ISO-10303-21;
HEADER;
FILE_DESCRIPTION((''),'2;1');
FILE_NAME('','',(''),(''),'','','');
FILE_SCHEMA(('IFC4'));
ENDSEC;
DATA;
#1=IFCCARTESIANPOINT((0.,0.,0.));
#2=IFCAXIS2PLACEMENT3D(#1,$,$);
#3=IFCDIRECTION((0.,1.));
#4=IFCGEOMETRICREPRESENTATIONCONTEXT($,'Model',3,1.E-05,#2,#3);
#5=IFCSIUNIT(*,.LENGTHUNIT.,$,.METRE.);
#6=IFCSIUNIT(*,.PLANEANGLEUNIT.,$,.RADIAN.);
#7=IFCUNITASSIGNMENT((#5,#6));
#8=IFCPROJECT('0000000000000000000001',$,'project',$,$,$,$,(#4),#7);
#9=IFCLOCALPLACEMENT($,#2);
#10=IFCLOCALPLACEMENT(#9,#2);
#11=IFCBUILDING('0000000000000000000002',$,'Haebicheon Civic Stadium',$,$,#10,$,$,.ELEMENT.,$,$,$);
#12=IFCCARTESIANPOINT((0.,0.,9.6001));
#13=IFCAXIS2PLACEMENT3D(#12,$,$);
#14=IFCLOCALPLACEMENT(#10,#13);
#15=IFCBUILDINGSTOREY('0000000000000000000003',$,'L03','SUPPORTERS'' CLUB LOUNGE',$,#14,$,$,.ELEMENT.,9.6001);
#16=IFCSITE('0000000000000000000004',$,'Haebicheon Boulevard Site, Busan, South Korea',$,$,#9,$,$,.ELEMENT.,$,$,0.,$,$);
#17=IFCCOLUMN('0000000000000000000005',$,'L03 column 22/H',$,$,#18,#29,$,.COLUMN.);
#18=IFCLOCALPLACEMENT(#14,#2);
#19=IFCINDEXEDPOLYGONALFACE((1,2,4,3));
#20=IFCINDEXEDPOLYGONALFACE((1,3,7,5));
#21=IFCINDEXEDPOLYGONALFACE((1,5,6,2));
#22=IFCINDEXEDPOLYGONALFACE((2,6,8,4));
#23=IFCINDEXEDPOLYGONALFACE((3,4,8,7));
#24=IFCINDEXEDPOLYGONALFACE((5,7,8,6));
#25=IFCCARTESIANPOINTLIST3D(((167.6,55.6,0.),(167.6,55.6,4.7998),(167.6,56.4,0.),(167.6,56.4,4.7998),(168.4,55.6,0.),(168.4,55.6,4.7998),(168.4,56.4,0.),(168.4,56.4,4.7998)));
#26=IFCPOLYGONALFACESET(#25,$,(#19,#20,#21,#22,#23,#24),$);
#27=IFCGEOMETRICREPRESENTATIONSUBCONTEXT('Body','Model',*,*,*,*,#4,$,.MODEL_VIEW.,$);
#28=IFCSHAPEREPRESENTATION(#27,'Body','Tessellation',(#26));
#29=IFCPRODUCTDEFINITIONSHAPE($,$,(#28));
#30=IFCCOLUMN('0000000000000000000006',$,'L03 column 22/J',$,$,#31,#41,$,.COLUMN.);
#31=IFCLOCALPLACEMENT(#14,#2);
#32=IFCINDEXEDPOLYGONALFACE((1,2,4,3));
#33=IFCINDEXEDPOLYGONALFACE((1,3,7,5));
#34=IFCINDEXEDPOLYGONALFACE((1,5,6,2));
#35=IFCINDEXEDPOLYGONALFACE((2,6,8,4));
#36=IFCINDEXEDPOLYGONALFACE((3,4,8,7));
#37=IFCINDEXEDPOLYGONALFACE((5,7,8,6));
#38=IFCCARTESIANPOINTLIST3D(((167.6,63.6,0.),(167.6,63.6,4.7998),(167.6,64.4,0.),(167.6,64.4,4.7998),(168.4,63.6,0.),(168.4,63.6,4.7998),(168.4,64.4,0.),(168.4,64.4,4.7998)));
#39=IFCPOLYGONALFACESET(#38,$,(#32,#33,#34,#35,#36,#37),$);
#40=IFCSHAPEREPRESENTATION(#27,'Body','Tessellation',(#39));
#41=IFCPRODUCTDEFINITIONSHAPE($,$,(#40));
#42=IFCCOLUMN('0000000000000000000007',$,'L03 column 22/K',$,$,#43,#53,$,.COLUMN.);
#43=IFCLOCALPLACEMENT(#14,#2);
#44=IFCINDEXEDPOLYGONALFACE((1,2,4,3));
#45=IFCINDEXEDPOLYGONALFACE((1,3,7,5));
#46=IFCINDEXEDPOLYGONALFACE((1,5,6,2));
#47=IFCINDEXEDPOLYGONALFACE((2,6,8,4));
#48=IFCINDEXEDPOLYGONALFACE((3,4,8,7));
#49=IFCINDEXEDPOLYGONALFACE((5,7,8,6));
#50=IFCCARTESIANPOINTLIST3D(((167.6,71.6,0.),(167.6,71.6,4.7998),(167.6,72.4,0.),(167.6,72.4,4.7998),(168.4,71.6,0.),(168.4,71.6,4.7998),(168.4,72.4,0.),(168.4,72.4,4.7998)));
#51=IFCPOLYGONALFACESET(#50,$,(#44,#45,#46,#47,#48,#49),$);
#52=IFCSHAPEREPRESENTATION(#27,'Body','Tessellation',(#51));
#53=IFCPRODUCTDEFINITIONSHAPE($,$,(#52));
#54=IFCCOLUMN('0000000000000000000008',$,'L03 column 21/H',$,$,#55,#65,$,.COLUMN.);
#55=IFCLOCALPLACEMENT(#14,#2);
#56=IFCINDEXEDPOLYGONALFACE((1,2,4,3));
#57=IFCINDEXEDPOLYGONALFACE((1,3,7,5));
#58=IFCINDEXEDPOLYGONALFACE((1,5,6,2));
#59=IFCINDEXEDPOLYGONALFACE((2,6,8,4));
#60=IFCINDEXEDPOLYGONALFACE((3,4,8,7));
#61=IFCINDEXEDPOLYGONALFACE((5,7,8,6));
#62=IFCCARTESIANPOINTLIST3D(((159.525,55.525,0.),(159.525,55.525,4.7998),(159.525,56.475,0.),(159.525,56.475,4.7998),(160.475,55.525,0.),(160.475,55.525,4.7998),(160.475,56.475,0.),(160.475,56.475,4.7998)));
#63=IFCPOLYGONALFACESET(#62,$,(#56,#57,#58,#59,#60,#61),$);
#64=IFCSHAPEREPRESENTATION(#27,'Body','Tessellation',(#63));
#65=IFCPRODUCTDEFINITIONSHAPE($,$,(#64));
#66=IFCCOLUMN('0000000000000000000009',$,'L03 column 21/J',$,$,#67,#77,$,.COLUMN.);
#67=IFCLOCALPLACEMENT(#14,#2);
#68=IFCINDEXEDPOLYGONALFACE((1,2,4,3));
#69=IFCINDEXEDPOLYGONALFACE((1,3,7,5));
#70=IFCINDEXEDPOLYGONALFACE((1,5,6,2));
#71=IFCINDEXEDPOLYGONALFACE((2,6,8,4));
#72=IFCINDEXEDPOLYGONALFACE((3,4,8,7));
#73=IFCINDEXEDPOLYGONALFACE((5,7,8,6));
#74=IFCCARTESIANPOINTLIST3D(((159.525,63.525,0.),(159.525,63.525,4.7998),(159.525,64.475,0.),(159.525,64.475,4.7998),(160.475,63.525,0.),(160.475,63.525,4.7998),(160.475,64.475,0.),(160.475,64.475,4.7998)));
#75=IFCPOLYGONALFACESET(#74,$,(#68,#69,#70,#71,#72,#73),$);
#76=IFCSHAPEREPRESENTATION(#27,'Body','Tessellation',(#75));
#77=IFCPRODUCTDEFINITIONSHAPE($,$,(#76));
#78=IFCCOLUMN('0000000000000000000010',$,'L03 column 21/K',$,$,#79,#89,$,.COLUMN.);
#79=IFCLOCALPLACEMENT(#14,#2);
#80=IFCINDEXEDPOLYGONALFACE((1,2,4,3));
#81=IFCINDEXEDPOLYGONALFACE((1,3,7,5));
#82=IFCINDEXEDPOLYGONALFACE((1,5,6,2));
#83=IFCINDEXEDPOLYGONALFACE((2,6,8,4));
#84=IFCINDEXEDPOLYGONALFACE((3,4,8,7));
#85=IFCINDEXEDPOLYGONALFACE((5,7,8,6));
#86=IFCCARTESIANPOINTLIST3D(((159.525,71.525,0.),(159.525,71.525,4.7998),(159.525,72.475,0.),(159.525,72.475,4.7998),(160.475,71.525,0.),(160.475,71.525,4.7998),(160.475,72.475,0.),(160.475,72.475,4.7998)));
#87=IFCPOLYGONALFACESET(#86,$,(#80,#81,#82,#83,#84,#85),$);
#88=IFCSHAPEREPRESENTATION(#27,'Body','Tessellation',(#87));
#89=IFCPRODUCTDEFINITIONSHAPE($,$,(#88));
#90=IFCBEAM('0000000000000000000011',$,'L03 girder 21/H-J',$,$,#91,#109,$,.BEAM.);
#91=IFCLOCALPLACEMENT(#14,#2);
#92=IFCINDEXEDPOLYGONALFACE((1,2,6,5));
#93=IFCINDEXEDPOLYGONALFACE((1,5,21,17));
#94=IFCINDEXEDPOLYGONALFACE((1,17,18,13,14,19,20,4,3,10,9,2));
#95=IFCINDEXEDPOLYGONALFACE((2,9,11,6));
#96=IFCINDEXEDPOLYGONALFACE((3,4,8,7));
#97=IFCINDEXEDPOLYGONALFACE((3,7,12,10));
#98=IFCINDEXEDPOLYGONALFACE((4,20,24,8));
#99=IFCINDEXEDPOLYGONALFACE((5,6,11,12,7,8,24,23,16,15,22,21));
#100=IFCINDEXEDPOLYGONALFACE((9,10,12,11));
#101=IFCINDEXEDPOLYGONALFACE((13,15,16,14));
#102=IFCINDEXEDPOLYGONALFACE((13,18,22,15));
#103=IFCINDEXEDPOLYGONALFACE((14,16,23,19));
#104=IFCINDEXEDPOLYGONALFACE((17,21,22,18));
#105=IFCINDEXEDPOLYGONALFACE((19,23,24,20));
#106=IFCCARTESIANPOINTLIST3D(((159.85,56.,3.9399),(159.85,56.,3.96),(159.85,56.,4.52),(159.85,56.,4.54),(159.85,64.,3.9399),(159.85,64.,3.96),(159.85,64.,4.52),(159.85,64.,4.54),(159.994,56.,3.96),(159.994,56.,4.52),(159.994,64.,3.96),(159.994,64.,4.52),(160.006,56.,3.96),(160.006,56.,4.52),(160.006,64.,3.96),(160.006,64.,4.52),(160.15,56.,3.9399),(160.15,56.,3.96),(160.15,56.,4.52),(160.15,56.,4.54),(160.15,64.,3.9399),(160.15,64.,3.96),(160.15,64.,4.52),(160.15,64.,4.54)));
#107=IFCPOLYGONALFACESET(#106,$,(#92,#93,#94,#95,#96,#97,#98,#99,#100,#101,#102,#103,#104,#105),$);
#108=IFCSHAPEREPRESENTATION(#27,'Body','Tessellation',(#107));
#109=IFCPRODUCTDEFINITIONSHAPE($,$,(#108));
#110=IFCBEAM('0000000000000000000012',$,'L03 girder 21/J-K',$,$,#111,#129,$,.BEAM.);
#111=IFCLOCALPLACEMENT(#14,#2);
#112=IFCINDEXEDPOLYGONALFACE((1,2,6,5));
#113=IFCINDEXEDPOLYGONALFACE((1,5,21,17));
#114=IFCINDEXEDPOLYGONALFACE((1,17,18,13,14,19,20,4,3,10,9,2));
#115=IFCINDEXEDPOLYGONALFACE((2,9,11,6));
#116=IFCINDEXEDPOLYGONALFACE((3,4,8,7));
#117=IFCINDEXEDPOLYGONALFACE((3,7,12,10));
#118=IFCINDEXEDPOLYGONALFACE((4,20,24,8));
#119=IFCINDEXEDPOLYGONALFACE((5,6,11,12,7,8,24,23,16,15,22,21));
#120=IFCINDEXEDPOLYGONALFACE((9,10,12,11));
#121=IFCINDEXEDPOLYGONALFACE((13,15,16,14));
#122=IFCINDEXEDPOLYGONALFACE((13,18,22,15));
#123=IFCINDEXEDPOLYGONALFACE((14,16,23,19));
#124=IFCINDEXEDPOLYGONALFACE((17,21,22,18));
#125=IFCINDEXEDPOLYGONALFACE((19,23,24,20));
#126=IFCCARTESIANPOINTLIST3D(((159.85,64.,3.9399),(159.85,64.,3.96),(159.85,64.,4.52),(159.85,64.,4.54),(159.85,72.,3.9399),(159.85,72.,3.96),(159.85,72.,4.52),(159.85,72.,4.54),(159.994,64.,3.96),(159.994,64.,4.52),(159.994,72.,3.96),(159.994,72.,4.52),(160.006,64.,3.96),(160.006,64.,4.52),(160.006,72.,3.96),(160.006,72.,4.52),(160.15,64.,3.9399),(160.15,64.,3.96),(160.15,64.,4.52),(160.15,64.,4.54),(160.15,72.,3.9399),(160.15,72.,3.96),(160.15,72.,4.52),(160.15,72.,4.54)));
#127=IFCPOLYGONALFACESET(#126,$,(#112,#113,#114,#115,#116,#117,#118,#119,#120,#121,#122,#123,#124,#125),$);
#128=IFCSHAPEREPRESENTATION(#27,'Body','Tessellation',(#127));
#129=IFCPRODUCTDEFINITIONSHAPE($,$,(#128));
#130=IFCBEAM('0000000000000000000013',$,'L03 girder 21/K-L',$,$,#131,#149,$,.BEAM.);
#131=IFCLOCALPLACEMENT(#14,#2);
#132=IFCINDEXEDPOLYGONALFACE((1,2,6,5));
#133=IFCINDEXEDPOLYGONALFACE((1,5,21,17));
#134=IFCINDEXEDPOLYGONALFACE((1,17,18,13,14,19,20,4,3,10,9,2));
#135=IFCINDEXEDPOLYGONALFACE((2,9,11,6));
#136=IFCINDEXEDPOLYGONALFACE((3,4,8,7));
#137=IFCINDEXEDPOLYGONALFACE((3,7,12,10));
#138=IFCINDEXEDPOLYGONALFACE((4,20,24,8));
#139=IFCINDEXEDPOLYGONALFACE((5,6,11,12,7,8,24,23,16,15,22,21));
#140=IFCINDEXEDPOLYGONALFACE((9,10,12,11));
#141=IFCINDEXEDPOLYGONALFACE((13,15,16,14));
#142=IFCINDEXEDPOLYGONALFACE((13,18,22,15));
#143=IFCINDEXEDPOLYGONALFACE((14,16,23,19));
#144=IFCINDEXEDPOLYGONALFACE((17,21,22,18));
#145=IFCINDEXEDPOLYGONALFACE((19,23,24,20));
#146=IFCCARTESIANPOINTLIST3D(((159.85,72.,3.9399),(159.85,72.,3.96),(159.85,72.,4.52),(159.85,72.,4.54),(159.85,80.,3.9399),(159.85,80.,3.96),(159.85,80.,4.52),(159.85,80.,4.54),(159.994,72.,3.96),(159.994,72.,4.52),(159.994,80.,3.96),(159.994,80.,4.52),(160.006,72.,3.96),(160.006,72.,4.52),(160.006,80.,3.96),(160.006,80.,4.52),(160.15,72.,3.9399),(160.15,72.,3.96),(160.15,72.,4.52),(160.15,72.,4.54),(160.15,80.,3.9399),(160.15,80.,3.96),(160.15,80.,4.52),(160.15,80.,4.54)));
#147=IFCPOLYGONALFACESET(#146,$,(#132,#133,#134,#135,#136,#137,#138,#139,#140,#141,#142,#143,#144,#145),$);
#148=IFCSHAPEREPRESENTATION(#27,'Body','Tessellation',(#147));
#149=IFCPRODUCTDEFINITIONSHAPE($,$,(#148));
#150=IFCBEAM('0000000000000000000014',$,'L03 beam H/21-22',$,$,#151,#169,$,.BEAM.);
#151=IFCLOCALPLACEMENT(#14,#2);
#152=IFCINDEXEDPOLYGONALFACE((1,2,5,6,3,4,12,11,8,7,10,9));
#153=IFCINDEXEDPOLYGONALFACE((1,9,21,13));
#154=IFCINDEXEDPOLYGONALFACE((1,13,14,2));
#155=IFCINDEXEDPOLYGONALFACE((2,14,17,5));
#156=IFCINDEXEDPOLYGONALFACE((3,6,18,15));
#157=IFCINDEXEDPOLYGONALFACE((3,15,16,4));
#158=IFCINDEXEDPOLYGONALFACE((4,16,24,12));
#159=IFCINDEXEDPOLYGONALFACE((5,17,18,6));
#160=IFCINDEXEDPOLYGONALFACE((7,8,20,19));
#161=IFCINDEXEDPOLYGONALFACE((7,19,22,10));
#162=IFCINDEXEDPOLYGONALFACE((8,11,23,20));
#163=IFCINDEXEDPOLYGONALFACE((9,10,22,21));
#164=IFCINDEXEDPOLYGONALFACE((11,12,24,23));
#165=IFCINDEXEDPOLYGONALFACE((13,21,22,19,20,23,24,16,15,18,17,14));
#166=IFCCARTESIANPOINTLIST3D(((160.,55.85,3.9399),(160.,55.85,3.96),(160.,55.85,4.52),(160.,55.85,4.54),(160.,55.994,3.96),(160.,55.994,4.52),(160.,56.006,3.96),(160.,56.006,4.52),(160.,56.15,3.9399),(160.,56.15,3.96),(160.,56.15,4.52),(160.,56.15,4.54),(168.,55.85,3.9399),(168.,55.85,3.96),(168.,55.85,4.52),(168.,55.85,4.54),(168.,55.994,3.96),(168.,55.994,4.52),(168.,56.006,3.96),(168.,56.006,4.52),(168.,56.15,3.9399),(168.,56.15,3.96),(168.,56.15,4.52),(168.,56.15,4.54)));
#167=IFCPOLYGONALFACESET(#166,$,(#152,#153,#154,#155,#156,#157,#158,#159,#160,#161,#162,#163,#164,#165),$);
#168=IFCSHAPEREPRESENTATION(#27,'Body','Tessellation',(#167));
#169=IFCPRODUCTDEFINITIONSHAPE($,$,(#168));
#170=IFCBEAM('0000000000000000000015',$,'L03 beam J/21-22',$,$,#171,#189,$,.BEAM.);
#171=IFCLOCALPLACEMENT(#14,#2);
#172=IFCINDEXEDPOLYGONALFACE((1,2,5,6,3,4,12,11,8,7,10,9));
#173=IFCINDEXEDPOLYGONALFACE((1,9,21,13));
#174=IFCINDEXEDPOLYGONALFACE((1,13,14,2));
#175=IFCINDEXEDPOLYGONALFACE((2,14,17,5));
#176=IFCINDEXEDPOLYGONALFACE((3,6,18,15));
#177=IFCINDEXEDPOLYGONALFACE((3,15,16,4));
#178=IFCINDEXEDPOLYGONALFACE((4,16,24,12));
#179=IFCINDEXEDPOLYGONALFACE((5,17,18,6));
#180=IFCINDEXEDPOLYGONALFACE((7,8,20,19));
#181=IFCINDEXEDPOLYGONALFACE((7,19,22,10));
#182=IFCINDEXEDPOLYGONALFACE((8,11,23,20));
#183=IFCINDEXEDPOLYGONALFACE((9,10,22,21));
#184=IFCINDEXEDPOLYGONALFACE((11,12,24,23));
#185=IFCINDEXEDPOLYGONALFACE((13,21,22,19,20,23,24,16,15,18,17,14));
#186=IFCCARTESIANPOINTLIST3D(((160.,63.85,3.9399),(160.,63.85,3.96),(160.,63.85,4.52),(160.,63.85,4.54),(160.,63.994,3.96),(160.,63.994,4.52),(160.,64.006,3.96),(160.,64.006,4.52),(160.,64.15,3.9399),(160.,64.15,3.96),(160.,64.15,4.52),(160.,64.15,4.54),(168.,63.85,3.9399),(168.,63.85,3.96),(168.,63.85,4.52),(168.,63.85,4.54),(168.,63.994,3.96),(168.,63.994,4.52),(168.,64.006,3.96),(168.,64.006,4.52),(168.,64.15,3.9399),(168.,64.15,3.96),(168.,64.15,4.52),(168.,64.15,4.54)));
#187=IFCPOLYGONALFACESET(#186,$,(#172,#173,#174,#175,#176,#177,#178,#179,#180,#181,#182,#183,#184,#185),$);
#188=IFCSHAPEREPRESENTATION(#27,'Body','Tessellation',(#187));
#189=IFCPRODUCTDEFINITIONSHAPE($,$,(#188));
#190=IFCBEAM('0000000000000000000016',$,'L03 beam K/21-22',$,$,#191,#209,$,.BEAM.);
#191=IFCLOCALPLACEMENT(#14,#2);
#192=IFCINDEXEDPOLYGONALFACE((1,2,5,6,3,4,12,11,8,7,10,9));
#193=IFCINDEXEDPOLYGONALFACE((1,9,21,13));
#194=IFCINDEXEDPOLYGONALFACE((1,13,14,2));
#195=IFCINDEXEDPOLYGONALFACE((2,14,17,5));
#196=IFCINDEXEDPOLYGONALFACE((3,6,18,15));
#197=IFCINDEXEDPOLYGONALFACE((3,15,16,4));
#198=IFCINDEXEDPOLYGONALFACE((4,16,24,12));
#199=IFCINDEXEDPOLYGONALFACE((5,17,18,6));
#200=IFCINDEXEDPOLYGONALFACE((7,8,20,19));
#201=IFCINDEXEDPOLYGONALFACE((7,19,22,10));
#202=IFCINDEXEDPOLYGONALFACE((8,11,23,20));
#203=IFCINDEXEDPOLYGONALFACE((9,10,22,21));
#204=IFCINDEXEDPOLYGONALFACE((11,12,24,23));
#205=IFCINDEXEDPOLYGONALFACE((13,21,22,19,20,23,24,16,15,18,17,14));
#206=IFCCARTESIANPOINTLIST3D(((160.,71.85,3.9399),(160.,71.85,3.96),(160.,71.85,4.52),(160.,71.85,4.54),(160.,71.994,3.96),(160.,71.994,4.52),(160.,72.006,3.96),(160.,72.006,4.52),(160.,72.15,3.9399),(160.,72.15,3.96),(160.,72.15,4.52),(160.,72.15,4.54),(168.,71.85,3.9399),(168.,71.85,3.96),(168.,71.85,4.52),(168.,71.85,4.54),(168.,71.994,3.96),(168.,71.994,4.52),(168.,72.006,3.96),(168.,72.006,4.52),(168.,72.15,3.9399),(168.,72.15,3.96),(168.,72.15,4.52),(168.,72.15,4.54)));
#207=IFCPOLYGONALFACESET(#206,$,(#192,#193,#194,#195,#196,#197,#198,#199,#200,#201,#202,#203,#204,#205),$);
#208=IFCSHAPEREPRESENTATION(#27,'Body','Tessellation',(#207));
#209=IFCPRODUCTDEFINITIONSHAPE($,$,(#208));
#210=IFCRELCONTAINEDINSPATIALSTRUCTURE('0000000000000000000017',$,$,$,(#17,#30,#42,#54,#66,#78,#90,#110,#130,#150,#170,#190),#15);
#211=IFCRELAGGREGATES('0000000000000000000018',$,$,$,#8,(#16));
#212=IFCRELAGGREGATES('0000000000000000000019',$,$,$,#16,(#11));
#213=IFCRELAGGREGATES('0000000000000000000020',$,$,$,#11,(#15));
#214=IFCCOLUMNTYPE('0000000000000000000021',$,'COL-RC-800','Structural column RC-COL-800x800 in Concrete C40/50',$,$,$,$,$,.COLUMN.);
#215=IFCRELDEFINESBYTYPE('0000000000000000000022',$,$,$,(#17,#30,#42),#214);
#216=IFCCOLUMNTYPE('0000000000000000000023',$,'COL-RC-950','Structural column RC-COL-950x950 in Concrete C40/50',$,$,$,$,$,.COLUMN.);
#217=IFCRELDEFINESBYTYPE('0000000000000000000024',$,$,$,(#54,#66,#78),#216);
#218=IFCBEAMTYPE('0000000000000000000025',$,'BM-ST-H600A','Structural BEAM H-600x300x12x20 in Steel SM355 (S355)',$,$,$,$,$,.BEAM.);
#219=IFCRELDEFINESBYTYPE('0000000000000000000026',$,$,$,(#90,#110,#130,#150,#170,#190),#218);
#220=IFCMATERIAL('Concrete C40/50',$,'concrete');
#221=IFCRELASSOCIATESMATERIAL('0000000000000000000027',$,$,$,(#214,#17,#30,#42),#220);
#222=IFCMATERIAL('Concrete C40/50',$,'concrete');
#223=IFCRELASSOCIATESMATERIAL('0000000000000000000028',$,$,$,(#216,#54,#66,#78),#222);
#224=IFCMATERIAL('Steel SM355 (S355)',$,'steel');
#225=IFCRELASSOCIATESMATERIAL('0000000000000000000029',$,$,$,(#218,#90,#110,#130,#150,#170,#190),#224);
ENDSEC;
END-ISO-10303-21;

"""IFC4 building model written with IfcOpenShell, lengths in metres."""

from ifc_helpers import new_model, si_unit, direction, frame, origin, origin_2d, place, context, subcontext, project, spatial, rectangle, i_section, extrude, material, material_profile, profile_set, type_object, element, save


model = new_model("IFC4")

# Units and contexts
model_context = context("Model", 3, precision=1e-05, world=origin(), true_north=direction((0.0, 1.0)))
body_context = subcontext(model_context, "Body", "Model", "MODEL_VIEW")
ifc_project = project(units=[si_unit("LENGTHUNIT", "METRE"), si_unit("PLANEANGLEUNIT", "RADIAN")], contexts=[model_context])

# Site, building, storey
site_placement = place(None, origin())
site = spatial("IfcSite", under=ifc_project, at=site_placement, Name="Haebicheon Boulevard Site, Busan, South Korea", CompositionType="ELEMENT", RefElevation=0.0)
building_placement = place(site_placement, origin())
building = spatial("IfcBuilding", under=site, at=building_placement, Name="Haebicheon Civic Stadium", CompositionType="ELEMENT")
storey_placement = place(building_placement, frame((0.0, 0.0, 9.6001)))
storey = spatial("IfcBuildingStorey", under=building, at=storey_placement, Name="L03", Description="SUPPORTERS' CLUB LOUNGE", CompositionType="ELEMENT", Elevation=9.6001)

# Columns
ifc_material_1 = material(Name="Concrete C40/50", Category="concrete")
ifc_material_profile_1 = material_profile(ifc_material_1, rectangle(XDim=0.8, YDim=0.8, at=origin_2d()), Name="RC-COL-800x800")
ifc_profile_set_1 = profile_set([ifc_material_profile_1], Name="Concrete C40/50")
column_type_1 = type_object("IfcColumnType", Name="COL-RC-800", Description="Structural column RC-COL-800x800 in Concrete C40/50", PredefinedType="COLUMN", material=ifc_profile_set_1)
for number, where, z_axis, x_axis, name in (
    (1, (168.0, 56.0, 0.0), (0.0, 0.0, 1.0), (1.0, 0.0, 0.0), "L03 column 22/H"),
    (2, (168.0, 64.0, 0.0), (0.0, 0.0, 1.0), (1.0, 0.0, 0.0), "L03 column 22/J"),
    (3, (168.0, 72.0, 0.0), (0.0, 0.0, 1.0), (1.0, 0.0, 0.0), "L03 column 22/K"),
):
    element("IfcColumn", number, at=place(storey_placement, frame(where, z_axis=z_axis, x_axis=x_axis)), inside=storey, type_object=column_type_1, material=ifc_profile_set_1, Name=name, PredefinedType="COLUMN", context=body_context, shape_type="SweptSolid", body=[
        extrude(rectangle(XDim=0.8, YDim=0.8, at=origin_2d()), origin(), (0.0, 0.0, 1.0), 4.7998),
    ])
ifc_material_2 = material(Name="Concrete C40/50", Category="concrete")
ifc_material_profile_2 = material_profile(ifc_material_2, rectangle(XDim=0.95, YDim=0.95, at=origin_2d()), Name="RC-COL-950x950")
ifc_profile_set_2 = profile_set([ifc_material_profile_2], Name="Concrete C40/50")
column_type_2 = type_object("IfcColumnType", Name="COL-RC-950", Description="Structural column RC-COL-950x950 in Concrete C40/50", PredefinedType="COLUMN", material=ifc_profile_set_2)
for number, where, z_axis, x_axis, name in (
    (4, (160.0, 56.0, 0.0), (0.0, 0.0, 1.0), (1.0, 0.0, 0.0), "L03 column 21/H"),
    (5, (160.0, 64.0, 0.0), (0.0, 0.0, 1.0), (1.0, 0.0, 0.0), "L03 column 21/J"),
    (6, (160.0, 72.0, 0.0), (0.0, 0.0, 1.0), (1.0, 0.0, 0.0), "L03 column 21/K"),
):
    element("IfcColumn", number, at=place(storey_placement, frame(where, z_axis=z_axis, x_axis=x_axis)), inside=storey, type_object=column_type_2, material=ifc_profile_set_2, Name=name, PredefinedType="COLUMN", context=body_context, shape_type="SweptSolid", body=[
        extrude(rectangle(XDim=0.95, YDim=0.95, at=origin_2d()), origin(), (0.0, 0.0, 1.0), 4.7998),
    ])

# Beams
ifc_material_3 = material(Name="Steel SM355 (S355)", Category="steel")
ifc_material_profile_3 = material_profile(ifc_material_3, i_section(OverallWidth=0.3, OverallDepth=0.6001, WebThickness=0.012, FlangeThickness=0.02, at=origin_2d()), Name="H-600x300x12x20")
ifc_profile_set_3 = profile_set([ifc_material_profile_3], Name="Steel SM355 (S355)")
beam_type_1 = type_object("IfcBeamType", Name="BM-ST-H600A", Description="Structural BEAM H-600x300x12x20 in Steel SM355 (S355)", PredefinedType="BEAM", material=ifc_profile_set_3)
for number, where, z_axis, x_axis, name in (
    (7, (160.0, 56.0, 4.24), (0.0, 1.0, 0.0), (-1.0, 0.0, 0.0), "L03 girder 21/H-J"),
    (8, (160.0, 64.0, 4.24), (0.0, 1.0, 0.0), (-1.0, 0.0, 0.0), "L03 girder 21/J-K"),
    (9, (160.0, 72.0, 4.24), (0.0, 1.0, 0.0), (-1.0, 0.0, 0.0), "L03 girder 21/K-L"),
    (10, (160.0, 56.0, 4.24), (1.0, 0.0, 0.0), (0.0, 1.0, 0.0), "L03 beam H/21-22"),
    (11, (160.0, 64.0, 4.24), (1.0, 0.0, 0.0), (0.0, 1.0, 0.0), "L03 beam J/21-22"),
    (12, (160.0, 72.0, 4.24), (1.0, 0.0, 0.0), (0.0, 1.0, 0.0), "L03 beam K/21-22"),
):
    element("IfcBeam", number, at=place(storey_placement, frame(where, z_axis=z_axis, x_axis=x_axis)), inside=storey, type_object=beam_type_1, material=ifc_profile_set_3, Name=name, PredefinedType="BEAM", context=body_context, shape_type="SweptSolid", body=[
        extrude(i_section(OverallWidth=0.3, OverallDepth=0.6001, WebThickness=0.012, FlangeThickness=0.02, at=origin_2d()), origin(), (0.0, 0.0, 1.0), 8.0),
    ])

save(model, "model.ifc")
